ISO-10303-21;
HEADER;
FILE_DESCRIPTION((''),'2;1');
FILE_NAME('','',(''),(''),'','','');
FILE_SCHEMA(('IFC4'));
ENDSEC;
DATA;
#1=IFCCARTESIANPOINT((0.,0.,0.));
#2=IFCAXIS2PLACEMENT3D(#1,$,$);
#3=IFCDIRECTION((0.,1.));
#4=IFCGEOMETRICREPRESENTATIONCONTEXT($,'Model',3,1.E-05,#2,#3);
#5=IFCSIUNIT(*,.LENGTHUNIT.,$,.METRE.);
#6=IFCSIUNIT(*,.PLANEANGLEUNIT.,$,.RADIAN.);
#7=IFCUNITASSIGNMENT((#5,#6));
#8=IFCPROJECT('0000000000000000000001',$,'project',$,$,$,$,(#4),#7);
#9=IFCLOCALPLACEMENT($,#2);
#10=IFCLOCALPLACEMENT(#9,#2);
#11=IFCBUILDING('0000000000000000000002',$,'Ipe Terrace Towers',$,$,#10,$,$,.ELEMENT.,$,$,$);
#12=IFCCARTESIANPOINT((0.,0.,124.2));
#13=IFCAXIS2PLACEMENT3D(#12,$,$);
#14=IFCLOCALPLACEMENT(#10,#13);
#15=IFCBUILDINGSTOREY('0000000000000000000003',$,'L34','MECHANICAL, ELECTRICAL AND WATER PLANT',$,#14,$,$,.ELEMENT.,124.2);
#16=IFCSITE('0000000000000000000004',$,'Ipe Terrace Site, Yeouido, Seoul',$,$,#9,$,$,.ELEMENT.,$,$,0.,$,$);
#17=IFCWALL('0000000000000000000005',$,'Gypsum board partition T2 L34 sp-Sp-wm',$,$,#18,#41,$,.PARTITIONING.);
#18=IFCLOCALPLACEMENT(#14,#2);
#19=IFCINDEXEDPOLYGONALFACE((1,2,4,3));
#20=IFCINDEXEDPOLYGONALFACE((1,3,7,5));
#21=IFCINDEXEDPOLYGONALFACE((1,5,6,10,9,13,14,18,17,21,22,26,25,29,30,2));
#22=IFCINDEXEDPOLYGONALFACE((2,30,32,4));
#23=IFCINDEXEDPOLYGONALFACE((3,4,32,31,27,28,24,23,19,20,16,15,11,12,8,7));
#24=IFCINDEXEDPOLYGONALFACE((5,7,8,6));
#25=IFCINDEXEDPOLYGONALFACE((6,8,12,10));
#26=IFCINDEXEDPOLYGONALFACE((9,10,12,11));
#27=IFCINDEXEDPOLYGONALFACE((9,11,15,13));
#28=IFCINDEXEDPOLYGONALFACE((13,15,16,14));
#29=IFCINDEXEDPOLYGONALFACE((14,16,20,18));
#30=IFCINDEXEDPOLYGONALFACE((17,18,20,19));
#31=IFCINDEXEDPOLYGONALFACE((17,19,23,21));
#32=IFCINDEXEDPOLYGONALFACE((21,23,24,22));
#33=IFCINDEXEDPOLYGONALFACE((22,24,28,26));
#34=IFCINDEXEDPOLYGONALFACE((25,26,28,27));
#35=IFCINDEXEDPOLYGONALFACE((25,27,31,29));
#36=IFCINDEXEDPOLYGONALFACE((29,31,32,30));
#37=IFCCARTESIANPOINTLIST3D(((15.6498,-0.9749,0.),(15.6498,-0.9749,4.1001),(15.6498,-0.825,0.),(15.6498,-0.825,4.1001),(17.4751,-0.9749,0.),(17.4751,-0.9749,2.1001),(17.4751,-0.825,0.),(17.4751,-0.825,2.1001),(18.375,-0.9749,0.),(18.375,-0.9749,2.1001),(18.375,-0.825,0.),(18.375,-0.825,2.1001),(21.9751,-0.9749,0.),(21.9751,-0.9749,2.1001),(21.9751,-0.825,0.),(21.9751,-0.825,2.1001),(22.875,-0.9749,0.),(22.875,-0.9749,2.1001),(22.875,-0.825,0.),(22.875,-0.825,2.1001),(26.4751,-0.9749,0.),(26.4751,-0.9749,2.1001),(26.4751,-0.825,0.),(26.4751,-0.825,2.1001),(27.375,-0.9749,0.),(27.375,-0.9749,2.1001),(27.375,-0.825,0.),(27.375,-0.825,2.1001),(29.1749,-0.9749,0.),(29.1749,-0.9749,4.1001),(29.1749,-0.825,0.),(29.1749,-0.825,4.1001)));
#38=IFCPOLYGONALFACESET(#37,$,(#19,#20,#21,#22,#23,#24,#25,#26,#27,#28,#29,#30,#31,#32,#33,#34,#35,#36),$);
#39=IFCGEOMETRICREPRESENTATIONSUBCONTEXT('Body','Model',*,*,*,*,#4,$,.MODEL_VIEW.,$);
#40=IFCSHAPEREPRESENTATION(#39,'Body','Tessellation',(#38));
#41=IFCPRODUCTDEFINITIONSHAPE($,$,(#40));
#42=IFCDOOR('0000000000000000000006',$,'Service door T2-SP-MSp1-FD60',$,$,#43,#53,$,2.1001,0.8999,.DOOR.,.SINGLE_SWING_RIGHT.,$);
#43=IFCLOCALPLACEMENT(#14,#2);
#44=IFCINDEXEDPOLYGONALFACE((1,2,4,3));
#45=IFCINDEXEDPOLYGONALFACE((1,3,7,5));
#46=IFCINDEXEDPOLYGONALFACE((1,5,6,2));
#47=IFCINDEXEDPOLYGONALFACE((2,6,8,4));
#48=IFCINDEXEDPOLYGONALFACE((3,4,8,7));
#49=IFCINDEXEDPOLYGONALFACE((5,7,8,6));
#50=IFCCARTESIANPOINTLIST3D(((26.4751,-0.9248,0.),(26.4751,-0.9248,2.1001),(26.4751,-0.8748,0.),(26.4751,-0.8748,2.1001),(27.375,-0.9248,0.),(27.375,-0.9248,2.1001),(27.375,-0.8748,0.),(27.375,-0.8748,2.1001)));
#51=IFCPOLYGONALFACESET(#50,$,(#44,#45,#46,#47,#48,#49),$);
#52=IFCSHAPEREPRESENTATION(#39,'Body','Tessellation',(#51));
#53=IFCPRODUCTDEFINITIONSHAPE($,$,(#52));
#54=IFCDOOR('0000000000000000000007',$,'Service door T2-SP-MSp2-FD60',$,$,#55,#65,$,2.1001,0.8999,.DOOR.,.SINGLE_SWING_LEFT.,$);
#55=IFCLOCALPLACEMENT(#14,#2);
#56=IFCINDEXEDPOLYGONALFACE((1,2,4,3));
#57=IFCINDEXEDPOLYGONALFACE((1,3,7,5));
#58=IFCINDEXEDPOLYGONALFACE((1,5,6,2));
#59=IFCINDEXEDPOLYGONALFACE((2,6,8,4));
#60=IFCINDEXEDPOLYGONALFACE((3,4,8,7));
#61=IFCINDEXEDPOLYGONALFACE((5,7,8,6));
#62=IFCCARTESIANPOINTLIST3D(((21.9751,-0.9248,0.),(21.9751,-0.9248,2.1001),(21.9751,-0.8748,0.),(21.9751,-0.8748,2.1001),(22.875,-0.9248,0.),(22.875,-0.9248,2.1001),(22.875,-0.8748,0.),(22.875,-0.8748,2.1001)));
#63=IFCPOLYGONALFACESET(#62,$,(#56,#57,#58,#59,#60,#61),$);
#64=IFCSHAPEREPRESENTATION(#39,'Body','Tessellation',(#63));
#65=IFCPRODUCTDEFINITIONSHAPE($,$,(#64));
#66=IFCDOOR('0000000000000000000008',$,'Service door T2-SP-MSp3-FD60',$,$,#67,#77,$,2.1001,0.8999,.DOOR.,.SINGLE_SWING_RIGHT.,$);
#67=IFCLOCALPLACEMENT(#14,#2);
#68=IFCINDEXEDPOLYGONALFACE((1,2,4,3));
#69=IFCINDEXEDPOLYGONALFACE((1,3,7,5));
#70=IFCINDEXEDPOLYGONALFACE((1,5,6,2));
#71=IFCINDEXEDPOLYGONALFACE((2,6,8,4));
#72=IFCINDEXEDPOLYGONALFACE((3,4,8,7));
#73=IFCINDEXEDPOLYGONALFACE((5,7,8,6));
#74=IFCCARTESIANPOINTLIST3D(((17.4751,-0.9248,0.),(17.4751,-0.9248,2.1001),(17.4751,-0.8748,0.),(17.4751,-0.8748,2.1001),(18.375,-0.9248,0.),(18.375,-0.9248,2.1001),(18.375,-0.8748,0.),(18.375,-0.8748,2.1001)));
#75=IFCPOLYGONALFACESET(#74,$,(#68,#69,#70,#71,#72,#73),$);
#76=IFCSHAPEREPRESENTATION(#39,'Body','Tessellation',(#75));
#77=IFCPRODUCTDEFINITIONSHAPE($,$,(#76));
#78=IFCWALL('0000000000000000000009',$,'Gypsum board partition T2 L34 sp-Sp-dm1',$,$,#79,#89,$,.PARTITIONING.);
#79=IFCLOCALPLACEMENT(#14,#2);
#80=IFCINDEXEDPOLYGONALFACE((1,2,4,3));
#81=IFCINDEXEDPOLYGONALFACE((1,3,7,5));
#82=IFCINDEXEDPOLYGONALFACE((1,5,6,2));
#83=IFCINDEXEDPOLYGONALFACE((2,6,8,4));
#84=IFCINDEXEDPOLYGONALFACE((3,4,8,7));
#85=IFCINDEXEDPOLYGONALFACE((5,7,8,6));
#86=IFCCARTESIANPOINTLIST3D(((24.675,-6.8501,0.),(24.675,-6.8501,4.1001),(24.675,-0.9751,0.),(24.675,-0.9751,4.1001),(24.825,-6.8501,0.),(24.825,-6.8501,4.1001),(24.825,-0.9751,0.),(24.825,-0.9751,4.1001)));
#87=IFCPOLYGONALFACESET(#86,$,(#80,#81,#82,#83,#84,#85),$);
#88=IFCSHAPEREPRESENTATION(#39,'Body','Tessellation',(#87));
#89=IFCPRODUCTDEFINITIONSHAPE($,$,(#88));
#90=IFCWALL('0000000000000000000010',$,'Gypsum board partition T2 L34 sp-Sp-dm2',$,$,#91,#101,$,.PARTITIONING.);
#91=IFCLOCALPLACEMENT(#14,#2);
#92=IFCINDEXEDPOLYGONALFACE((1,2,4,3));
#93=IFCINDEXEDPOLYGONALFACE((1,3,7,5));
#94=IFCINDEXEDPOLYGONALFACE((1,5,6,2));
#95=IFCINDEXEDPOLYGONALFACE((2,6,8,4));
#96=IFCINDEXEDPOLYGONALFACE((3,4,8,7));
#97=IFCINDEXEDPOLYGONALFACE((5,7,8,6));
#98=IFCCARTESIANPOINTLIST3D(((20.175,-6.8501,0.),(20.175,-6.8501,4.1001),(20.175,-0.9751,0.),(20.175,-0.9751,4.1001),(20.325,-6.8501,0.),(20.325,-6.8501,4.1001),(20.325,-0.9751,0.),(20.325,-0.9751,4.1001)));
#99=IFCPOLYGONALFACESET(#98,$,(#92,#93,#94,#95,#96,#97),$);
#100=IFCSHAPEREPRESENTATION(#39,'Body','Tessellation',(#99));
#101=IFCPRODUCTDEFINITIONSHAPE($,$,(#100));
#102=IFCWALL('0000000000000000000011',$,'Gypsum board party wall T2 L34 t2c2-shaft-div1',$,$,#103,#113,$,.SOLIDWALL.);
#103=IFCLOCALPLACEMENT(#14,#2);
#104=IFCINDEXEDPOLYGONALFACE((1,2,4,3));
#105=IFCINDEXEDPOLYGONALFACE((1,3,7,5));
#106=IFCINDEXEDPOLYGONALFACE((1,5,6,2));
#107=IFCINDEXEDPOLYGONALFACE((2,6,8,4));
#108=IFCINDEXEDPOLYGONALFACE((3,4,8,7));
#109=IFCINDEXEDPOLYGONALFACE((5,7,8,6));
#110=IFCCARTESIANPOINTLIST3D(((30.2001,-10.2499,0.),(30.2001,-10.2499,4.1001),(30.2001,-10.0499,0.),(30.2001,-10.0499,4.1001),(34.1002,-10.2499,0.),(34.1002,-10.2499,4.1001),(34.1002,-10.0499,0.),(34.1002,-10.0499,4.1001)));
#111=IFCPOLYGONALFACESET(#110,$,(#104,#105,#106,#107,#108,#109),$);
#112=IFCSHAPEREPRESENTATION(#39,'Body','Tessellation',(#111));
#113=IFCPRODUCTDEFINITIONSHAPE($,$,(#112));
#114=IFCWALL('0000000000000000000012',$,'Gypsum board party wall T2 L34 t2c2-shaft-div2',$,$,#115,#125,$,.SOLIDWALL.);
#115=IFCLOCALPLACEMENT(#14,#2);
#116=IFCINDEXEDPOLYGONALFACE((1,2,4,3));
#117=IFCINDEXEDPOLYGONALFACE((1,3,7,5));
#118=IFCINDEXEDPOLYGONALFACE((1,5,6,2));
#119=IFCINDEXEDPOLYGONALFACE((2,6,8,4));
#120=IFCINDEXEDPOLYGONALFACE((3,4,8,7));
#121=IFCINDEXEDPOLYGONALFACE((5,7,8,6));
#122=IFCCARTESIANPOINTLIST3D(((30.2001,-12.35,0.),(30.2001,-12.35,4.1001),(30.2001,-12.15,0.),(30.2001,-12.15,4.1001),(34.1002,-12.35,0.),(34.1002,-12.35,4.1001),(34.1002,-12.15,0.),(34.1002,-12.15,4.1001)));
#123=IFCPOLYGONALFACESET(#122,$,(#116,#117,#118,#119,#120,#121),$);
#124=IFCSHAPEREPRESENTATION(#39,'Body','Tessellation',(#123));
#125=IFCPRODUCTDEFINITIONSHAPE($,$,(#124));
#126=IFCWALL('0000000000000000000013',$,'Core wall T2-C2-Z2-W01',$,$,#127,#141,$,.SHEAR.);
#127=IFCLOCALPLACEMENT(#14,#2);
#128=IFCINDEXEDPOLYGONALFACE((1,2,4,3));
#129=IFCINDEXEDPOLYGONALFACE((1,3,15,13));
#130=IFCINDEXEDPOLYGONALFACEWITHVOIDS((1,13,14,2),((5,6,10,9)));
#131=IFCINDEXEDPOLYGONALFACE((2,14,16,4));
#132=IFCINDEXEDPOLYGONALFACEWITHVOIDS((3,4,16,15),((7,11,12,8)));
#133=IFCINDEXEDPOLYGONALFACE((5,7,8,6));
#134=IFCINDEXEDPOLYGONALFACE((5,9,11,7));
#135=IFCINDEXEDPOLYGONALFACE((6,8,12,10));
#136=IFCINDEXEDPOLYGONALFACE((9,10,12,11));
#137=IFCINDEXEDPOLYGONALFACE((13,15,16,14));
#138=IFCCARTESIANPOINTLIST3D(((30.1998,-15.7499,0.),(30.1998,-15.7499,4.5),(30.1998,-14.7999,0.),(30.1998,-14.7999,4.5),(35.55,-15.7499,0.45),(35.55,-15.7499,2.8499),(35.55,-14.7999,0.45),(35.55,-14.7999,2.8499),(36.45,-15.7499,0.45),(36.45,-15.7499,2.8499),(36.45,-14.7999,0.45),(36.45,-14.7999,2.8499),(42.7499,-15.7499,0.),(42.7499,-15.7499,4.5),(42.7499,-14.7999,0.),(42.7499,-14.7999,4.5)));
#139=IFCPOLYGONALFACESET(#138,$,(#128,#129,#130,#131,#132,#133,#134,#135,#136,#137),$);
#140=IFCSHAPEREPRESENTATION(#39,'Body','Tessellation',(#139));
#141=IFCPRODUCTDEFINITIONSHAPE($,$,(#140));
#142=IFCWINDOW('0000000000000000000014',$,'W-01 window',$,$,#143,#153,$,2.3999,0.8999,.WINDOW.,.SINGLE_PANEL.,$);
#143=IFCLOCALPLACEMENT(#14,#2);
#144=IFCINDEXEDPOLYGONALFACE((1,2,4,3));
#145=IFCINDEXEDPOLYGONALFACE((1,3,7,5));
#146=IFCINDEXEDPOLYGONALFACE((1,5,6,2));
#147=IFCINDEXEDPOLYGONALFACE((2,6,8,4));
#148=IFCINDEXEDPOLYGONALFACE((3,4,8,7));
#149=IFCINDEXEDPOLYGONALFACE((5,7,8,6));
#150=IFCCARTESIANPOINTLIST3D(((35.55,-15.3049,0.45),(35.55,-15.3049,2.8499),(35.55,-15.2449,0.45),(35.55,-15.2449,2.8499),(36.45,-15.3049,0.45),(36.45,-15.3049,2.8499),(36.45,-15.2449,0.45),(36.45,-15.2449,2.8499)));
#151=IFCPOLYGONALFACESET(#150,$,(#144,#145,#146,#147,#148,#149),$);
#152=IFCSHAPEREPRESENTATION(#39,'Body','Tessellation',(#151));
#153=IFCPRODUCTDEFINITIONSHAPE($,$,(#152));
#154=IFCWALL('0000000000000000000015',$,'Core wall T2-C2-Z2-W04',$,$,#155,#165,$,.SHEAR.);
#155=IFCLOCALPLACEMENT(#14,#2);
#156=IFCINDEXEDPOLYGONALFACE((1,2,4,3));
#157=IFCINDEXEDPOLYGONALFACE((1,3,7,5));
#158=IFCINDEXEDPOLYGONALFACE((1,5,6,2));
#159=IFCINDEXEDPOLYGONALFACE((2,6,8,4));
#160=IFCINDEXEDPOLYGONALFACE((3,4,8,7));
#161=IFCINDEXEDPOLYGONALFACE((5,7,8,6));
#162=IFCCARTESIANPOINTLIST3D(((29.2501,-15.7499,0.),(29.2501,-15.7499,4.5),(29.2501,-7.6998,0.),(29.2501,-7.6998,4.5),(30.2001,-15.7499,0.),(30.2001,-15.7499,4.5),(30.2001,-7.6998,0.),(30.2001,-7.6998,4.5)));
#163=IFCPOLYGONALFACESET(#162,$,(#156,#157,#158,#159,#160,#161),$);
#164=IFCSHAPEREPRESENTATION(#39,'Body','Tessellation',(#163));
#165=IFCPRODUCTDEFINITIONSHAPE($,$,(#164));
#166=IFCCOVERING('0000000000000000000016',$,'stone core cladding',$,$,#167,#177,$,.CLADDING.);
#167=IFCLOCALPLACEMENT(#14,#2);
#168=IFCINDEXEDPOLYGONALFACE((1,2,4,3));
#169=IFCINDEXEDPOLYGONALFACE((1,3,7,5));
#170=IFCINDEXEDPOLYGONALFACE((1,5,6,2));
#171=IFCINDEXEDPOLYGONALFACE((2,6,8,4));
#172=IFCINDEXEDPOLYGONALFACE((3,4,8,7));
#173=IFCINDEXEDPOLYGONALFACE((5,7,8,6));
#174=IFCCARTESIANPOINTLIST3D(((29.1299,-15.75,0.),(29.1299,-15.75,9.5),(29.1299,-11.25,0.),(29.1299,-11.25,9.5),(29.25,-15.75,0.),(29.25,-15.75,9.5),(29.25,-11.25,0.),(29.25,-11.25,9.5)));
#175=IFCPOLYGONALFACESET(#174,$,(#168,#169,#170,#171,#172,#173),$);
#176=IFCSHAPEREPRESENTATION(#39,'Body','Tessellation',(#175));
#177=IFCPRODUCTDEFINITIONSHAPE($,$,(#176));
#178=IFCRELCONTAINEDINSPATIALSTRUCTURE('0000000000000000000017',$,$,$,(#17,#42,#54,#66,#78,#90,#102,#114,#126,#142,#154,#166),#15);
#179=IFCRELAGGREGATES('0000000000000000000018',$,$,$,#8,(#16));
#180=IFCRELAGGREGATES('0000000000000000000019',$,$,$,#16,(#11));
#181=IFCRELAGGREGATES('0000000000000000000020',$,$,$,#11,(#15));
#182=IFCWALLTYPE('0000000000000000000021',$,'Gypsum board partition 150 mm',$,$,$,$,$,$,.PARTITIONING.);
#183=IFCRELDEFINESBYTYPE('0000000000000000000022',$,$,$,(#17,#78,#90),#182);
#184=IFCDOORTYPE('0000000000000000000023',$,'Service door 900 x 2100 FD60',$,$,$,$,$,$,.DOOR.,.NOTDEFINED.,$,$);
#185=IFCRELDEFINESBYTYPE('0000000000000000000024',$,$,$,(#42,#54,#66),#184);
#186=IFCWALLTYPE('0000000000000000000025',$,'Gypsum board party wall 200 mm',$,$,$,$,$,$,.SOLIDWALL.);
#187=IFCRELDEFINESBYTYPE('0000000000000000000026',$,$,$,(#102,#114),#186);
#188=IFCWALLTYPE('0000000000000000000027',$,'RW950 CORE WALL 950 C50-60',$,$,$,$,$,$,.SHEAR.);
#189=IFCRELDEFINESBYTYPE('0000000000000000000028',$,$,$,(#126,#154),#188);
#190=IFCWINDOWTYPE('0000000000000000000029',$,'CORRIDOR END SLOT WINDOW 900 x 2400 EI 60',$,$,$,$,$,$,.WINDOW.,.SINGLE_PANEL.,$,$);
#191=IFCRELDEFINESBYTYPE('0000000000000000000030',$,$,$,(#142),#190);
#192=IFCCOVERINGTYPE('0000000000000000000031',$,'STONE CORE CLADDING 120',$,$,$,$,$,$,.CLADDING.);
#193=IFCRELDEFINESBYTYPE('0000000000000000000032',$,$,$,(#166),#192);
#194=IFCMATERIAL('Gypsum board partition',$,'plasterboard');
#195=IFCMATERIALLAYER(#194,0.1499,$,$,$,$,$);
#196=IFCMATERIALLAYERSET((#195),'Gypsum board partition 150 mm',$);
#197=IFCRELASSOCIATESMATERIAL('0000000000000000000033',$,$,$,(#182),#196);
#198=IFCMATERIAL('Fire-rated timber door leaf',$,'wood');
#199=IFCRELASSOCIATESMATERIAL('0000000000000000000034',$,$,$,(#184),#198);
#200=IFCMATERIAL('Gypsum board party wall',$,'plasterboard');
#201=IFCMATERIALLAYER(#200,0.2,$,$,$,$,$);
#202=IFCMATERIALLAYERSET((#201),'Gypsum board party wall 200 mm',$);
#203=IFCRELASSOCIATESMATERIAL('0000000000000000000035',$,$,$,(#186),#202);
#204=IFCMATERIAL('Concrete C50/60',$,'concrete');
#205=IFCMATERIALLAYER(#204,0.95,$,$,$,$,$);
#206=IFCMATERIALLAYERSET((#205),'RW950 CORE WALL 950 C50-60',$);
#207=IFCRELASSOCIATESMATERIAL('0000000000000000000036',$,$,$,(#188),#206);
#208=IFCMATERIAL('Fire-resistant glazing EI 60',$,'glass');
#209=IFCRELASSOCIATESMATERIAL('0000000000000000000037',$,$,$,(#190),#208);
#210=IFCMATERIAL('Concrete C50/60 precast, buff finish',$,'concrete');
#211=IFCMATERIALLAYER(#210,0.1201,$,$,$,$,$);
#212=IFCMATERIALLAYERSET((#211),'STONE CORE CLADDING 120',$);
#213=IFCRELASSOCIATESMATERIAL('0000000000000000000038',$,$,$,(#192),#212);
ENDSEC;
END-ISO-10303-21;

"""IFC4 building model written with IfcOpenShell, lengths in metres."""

from ifc_helpers import new_model, si_unit, direction, frame, frame_2d, origin, origin_2d, place, context, subcontext, project, spatial, rectangle, extrude, material, layer, layer_set, type_object, element, fill, save


model = new_model("IFC4")

# Units and contexts
model_context = context("Model", 3, precision=1e-05, world=origin(), true_north=direction((0.0, 1.0)))
body_context = subcontext(model_context, "Body", "Model", "MODEL_VIEW")
ifc_project = project(units=[si_unit("LENGTHUNIT", "METRE"), si_unit("PLANEANGLEUNIT", "RADIAN")], contexts=[model_context])

# Site, building, storey
site_placement = place(None, origin())
site = spatial("IfcSite", under=ifc_project, at=site_placement, Name="Ipe Terrace Site, Yeouido, Seoul", CompositionType="ELEMENT", RefElevation=0.0)
building_placement = place(site_placement, origin())
building = spatial("IfcBuilding", under=site, at=building_placement, Name="Ipe Terrace Towers", CompositionType="ELEMENT")
storey_placement = place(building_placement, frame((0.0, 0.0, 124.2)))
storey = spatial("IfcBuildingStorey", under=building, at=storey_placement, Name="L34", Description="MECHANICAL, ELECTRICAL AND WATER PLANT", CompositionType="ELEMENT", Elevation=124.2)

# Shared definitions
ifc_material_1 = material(Name="Gypsum board partition", Category="plasterboard")
ifc_layer_1 = layer(ifc_material_1, 0.1499)
ifc_layer_set_1 = layer_set([ifc_layer_1], Name="Gypsum board partition 150 mm")
wall_type_1 = type_object("IfcWallType", Name="Gypsum board partition 150 mm", PredefinedType="PARTITIONING", material=ifc_layer_set_1)

# Wall, openings, doors
wall_1_placement = place(storey_placement, frame((29.175, -0.8999, 0.0), z_axis=(0.0, 0.0, 1.0), x_axis=(-1.0, 0.0, 0.0)))
wall_1 = element("IfcWall", 1, at=wall_1_placement, inside=storey, type_object=wall_type_1, Name="Gypsum board partition T2 L34 sp-Sp-wm", PredefinedType="PARTITIONING", context=body_context, shape_type="SweptSolid", body=[
    extrude(rectangle(XDim=13.5251, YDim=0.1499, at=frame_2d((6.7627, 0.0))), origin(), (0.0, 0.0, 1.0), 4.1001),
])
opening_1_placement = place(wall_1_placement, frame((1.8, 0.0, 0.0)))
opening_1 = element("IfcOpeningElement", 2, at=opening_1_placement, cuts=wall_1, PredefinedType="OPENING", context=body_context, shape_type="SweptSolid", body=[
    extrude(rectangle(XDim=0.8999, YDim=2.1001, at=frame_2d((0.45, 1.05))), frame((0.0, 0.085, 0.0), z_axis=(0.0, -1.0, 0.0), x_axis=(1.0, 0.0, 0.0)), (0.0, 0.0, 1.0), 0.1699),
])
opening_2_placement = place(wall_1_placement, frame((6.3, 0.0, 0.0)))
opening_2 = element("IfcOpeningElement", 3, at=opening_2_placement, cuts=wall_1, PredefinedType="OPENING", context=body_context, shape_type="SweptSolid", body=[
    extrude(rectangle(XDim=0.8999, YDim=2.1001, at=frame_2d((0.45, 1.05))), frame((0.0, 0.085, 0.0), z_axis=(0.0, -1.0, 0.0), x_axis=(1.0, 0.0, 0.0)), (0.0, 0.0, 1.0), 0.1699),
])
opening_3_placement = place(wall_1_placement, frame((10.8, 0.0, 0.0)))
opening_3 = element("IfcOpeningElement", 4, at=opening_3_placement, cuts=wall_1, PredefinedType="OPENING", context=body_context, shape_type="SweptSolid", body=[
    extrude(rectangle(XDim=0.8999, YDim=2.1001, at=frame_2d((0.45, 1.05))), frame((0.0, 0.085, 0.0), z_axis=(0.0, -1.0, 0.0), x_axis=(1.0, 0.0, 0.0)), (0.0, 0.0, 1.0), 0.1699),
])
ifc_material_2 = material(Name="Fire-rated timber door leaf", Category="wood")
door_type_1 = type_object("IfcDoorType", Name="Service door 900 x 2100 FD60", OperationType="NOTDEFINED", PredefinedType="DOOR", material=ifc_material_2)
door_1_placement = place(opening_1_placement, origin())
door_1 = element("IfcDoor", 5, at=door_1_placement, inside=storey, type_object=door_type_1, Name="Service door T2-SP-MSp1-FD60", OperationType="SINGLE_SWING_RIGHT", OverallHeight=2.1001, OverallWidth=0.8999, PredefinedType="DOOR", context=body_context, shape_type="SweptSolid", body=[
    extrude(rectangle(XDim=0.8999, YDim=2.1001, at=frame_2d((0.45, 1.05))), frame((0.0, 0.0249, 0.0), z_axis=(0.0, -1.0, 0.0), x_axis=(1.0, 0.0, 0.0)), (0.0, 0.0, 1.0), 0.05),
])
fill(opening_1, door_1)
door_2_placement = place(opening_2_placement, origin())
door_2 = element("IfcDoor", 6, at=door_2_placement, inside=storey, type_object=door_type_1, Name="Service door T2-SP-MSp2-FD60", OperationType="SINGLE_SWING_LEFT", OverallHeight=2.1001, OverallWidth=0.8999, PredefinedType="DOOR", context=body_context, shape_type="SweptSolid", body=[
    extrude(rectangle(XDim=0.8999, YDim=2.1001, at=frame_2d((0.45, 1.05))), frame((0.0, 0.0249, 0.0), z_axis=(0.0, -1.0, 0.0), x_axis=(1.0, 0.0, 0.0)), (0.0, 0.0, 1.0), 0.05),
])
fill(opening_2, door_2)
door_3_placement = place(opening_3_placement, origin())
door_3 = element("IfcDoor", 7, at=door_3_placement, inside=storey, type_object=door_type_1, Name="Service door T2-SP-MSp3-FD60", OperationType="SINGLE_SWING_RIGHT", OverallHeight=2.1001, OverallWidth=0.8999, PredefinedType="DOOR", context=body_context, shape_type="SweptSolid", body=[
    extrude(rectangle(XDim=0.8999, YDim=2.1001, at=frame_2d((0.45, 1.05))), frame((0.0, 0.0249, 0.0), z_axis=(0.0, -1.0, 0.0), x_axis=(1.0, 0.0, 0.0)), (0.0, 0.0, 1.0), 0.05),
])
fill(opening_3, door_3)

# Walls
for number, where, z_axis, x_axis, name in (
    (8, (24.75, -0.9751, 0.0), (0.0, 0.0, 1.0), (0.0, -1.0, 0.0), "Gypsum board partition T2 L34 sp-Sp-dm1"),
    (9, (20.25, -0.9751, 0.0), (0.0, 0.0, 1.0), (0.0, -1.0, 0.0), "Gypsum board partition T2 L34 sp-Sp-dm2"),
):
    element("IfcWall", number, at=place(storey_placement, frame(where, z_axis=z_axis, x_axis=x_axis)), inside=storey, type_object=wall_type_1, Name=name, PredefinedType="PARTITIONING", context=body_context, shape_type="SweptSolid", body=[
        extrude(rectangle(XDim=5.875, YDim=0.1499, at=frame_2d((2.9375, 0.0))), origin(), (0.0, 0.0, 1.0), 4.1001),
    ])
ifc_material_3 = material(Name="Gypsum board party wall", Category="plasterboard")
ifc_layer_2 = layer(ifc_material_3, 0.2)
ifc_layer_set_2 = layer_set([ifc_layer_2], Name="Gypsum board party wall 200 mm")
wall_type_2 = type_object("IfcWallType", Name="Gypsum board party wall 200 mm", PredefinedType="SOLIDWALL", material=ifc_layer_set_2)
for number, where, z_axis, x_axis, name in (
    (10, (30.2, -10.1499, 0.0), (0.0, 0.0, 1.0), (1.0, 0.0, 0.0), "Gypsum board party wall T2 L34 t2c2-shaft-div1"),
    (11, (30.2, -12.25, 0.0), (0.0, 0.0, 1.0), (1.0, 0.0, 0.0), "Gypsum board party wall T2 L34 t2c2-shaft-div2"),
):
    element("IfcWall", number, at=place(storey_placement, frame(where, z_axis=z_axis, x_axis=x_axis)), inside=storey, type_object=wall_type_2, Name=name, PredefinedType="SOLIDWALL", context=body_context, shape_type="SweptSolid", body=[
        extrude(rectangle(XDim=3.9001, YDim=0.2, at=frame_2d((1.9502, 0.0))), origin(), (0.0, 0.0, 1.0), 4.1001),
    ])

# Wall, opening, window
ifc_material_4 = material(Name="Concrete C50/60", Category="concrete")
ifc_layer_3 = layer(ifc_material_4, 0.95)
ifc_layer_set_3 = layer_set([ifc_layer_3], Name="RW950 CORE WALL 950 C50-60")
wall_type_3 = type_object("IfcWallType", Name="RW950 CORE WALL 950 C50-60", PredefinedType="SHEAR", material=ifc_layer_set_3)
wall_2_placement = place(storey_placement, frame((30.2, -15.2749, 0.0), z_axis=(0.0, 0.0, 1.0), x_axis=(1.0, 0.0, 0.0)))
wall_2 = element("IfcWall", 12, at=wall_2_placement, inside=storey, type_object=wall_type_3, Name="Core wall T2-C2-Z2-W01", PredefinedType="SHEAR", context=body_context, shape_type="SweptSolid", body=[
    extrude(rectangle(XDim=12.55, YDim=0.95, at=frame_2d((6.2749, 0.0))), origin(), (0.0, 0.0, 1.0), 4.5),
])
opening_4_placement = place(wall_2_placement, frame((5.3501, 0.0, 0.45)))
opening_4 = element("IfcOpeningElement", 13, at=opening_4_placement, cuts=wall_2, PredefinedType="OPENING", context=body_context, shape_type="SweptSolid", body=[
    extrude(rectangle(XDim=0.8999, YDim=2.3999, at=frame_2d((0.45, 1.2))), frame((0.0, 0.4849, 0.0), z_axis=(0.0, -1.0, 0.0), x_axis=(1.0, 0.0, 0.0)), (0.0, 0.0, 1.0), 0.97),
])
ifc_material_5 = material(Name="Fire-resistant glazing EI 60", Category="glass")
window_type = type_object("IfcWindowType", Name="CORRIDOR END SLOT WINDOW 900 x 2400 EI 60", PartitioningType="SINGLE_PANEL", PredefinedType="WINDOW", material=ifc_material_5)
window_placement = place(opening_4_placement, origin())
window = element("IfcWindow", 14, at=window_placement, inside=storey, type_object=window_type, Name="W-01 window", OverallHeight=2.3999, OverallWidth=0.8999, PartitioningType="SINGLE_PANEL", PredefinedType="WINDOW", context=body_context, shape_type="SweptSolid", body=[
    extrude(rectangle(XDim=0.8999, YDim=2.3999, at=frame_2d((0.45, 1.2))), frame((0.0, 0.03, 0.0), z_axis=(0.0, -1.0, 0.0), x_axis=(1.0, 0.0, 0.0)), (0.0, 0.0, 1.0), 0.0601),
])
fill(opening_4, window)

# Wall
wall_3_placement = place(storey_placement, frame((29.7251, -7.7, 0.0), z_axis=(0.0, 0.0, 1.0), x_axis=(0.0, -1.0, 0.0)))
element("IfcWall", 15, at=wall_3_placement, inside=storey, type_object=wall_type_3, Name="Core wall T2-C2-Z2-W04", PredefinedType="SHEAR", context=body_context, shape_type="SweptSolid", body=[
    extrude(rectangle(XDim=8.05, YDim=0.95, at=frame_2d((4.0249, 0.0))), origin(), (0.0, 0.0, 1.0), 4.5),
])

# Covering
ifc_material_6 = material(Name="Concrete C50/60 precast, buff finish", Category="concrete")
ifc_layer_4 = layer(ifc_material_6, 0.1201)
ifc_layer_set_4 = layer_set([ifc_layer_4], Name="STONE CORE CLADDING 120")
covering_type = type_object("IfcCoveringType", Name="STONE CORE CLADDING 120", PredefinedType="CLADDING", material=ifc_layer_set_4)
covering_placement = place(storey_placement, frame((29.1899, -13.5, 0.0), z_axis=(0.0, 0.0, 1.0), x_axis=(0.0, -1.0, 0.0)))
element("IfcCovering", 16, at=covering_placement, inside=storey, type_object=covering_type, Name="stone core cladding", PredefinedType="CLADDING", context=body_context, shape_type="SweptSolid", body=[
    extrude(rectangle(XDim=4.5, YDim=0.1201, at=origin_2d()), origin(), (0.0, 0.0, 1.0), 9.5),
])

save(model, "model.ifc")
